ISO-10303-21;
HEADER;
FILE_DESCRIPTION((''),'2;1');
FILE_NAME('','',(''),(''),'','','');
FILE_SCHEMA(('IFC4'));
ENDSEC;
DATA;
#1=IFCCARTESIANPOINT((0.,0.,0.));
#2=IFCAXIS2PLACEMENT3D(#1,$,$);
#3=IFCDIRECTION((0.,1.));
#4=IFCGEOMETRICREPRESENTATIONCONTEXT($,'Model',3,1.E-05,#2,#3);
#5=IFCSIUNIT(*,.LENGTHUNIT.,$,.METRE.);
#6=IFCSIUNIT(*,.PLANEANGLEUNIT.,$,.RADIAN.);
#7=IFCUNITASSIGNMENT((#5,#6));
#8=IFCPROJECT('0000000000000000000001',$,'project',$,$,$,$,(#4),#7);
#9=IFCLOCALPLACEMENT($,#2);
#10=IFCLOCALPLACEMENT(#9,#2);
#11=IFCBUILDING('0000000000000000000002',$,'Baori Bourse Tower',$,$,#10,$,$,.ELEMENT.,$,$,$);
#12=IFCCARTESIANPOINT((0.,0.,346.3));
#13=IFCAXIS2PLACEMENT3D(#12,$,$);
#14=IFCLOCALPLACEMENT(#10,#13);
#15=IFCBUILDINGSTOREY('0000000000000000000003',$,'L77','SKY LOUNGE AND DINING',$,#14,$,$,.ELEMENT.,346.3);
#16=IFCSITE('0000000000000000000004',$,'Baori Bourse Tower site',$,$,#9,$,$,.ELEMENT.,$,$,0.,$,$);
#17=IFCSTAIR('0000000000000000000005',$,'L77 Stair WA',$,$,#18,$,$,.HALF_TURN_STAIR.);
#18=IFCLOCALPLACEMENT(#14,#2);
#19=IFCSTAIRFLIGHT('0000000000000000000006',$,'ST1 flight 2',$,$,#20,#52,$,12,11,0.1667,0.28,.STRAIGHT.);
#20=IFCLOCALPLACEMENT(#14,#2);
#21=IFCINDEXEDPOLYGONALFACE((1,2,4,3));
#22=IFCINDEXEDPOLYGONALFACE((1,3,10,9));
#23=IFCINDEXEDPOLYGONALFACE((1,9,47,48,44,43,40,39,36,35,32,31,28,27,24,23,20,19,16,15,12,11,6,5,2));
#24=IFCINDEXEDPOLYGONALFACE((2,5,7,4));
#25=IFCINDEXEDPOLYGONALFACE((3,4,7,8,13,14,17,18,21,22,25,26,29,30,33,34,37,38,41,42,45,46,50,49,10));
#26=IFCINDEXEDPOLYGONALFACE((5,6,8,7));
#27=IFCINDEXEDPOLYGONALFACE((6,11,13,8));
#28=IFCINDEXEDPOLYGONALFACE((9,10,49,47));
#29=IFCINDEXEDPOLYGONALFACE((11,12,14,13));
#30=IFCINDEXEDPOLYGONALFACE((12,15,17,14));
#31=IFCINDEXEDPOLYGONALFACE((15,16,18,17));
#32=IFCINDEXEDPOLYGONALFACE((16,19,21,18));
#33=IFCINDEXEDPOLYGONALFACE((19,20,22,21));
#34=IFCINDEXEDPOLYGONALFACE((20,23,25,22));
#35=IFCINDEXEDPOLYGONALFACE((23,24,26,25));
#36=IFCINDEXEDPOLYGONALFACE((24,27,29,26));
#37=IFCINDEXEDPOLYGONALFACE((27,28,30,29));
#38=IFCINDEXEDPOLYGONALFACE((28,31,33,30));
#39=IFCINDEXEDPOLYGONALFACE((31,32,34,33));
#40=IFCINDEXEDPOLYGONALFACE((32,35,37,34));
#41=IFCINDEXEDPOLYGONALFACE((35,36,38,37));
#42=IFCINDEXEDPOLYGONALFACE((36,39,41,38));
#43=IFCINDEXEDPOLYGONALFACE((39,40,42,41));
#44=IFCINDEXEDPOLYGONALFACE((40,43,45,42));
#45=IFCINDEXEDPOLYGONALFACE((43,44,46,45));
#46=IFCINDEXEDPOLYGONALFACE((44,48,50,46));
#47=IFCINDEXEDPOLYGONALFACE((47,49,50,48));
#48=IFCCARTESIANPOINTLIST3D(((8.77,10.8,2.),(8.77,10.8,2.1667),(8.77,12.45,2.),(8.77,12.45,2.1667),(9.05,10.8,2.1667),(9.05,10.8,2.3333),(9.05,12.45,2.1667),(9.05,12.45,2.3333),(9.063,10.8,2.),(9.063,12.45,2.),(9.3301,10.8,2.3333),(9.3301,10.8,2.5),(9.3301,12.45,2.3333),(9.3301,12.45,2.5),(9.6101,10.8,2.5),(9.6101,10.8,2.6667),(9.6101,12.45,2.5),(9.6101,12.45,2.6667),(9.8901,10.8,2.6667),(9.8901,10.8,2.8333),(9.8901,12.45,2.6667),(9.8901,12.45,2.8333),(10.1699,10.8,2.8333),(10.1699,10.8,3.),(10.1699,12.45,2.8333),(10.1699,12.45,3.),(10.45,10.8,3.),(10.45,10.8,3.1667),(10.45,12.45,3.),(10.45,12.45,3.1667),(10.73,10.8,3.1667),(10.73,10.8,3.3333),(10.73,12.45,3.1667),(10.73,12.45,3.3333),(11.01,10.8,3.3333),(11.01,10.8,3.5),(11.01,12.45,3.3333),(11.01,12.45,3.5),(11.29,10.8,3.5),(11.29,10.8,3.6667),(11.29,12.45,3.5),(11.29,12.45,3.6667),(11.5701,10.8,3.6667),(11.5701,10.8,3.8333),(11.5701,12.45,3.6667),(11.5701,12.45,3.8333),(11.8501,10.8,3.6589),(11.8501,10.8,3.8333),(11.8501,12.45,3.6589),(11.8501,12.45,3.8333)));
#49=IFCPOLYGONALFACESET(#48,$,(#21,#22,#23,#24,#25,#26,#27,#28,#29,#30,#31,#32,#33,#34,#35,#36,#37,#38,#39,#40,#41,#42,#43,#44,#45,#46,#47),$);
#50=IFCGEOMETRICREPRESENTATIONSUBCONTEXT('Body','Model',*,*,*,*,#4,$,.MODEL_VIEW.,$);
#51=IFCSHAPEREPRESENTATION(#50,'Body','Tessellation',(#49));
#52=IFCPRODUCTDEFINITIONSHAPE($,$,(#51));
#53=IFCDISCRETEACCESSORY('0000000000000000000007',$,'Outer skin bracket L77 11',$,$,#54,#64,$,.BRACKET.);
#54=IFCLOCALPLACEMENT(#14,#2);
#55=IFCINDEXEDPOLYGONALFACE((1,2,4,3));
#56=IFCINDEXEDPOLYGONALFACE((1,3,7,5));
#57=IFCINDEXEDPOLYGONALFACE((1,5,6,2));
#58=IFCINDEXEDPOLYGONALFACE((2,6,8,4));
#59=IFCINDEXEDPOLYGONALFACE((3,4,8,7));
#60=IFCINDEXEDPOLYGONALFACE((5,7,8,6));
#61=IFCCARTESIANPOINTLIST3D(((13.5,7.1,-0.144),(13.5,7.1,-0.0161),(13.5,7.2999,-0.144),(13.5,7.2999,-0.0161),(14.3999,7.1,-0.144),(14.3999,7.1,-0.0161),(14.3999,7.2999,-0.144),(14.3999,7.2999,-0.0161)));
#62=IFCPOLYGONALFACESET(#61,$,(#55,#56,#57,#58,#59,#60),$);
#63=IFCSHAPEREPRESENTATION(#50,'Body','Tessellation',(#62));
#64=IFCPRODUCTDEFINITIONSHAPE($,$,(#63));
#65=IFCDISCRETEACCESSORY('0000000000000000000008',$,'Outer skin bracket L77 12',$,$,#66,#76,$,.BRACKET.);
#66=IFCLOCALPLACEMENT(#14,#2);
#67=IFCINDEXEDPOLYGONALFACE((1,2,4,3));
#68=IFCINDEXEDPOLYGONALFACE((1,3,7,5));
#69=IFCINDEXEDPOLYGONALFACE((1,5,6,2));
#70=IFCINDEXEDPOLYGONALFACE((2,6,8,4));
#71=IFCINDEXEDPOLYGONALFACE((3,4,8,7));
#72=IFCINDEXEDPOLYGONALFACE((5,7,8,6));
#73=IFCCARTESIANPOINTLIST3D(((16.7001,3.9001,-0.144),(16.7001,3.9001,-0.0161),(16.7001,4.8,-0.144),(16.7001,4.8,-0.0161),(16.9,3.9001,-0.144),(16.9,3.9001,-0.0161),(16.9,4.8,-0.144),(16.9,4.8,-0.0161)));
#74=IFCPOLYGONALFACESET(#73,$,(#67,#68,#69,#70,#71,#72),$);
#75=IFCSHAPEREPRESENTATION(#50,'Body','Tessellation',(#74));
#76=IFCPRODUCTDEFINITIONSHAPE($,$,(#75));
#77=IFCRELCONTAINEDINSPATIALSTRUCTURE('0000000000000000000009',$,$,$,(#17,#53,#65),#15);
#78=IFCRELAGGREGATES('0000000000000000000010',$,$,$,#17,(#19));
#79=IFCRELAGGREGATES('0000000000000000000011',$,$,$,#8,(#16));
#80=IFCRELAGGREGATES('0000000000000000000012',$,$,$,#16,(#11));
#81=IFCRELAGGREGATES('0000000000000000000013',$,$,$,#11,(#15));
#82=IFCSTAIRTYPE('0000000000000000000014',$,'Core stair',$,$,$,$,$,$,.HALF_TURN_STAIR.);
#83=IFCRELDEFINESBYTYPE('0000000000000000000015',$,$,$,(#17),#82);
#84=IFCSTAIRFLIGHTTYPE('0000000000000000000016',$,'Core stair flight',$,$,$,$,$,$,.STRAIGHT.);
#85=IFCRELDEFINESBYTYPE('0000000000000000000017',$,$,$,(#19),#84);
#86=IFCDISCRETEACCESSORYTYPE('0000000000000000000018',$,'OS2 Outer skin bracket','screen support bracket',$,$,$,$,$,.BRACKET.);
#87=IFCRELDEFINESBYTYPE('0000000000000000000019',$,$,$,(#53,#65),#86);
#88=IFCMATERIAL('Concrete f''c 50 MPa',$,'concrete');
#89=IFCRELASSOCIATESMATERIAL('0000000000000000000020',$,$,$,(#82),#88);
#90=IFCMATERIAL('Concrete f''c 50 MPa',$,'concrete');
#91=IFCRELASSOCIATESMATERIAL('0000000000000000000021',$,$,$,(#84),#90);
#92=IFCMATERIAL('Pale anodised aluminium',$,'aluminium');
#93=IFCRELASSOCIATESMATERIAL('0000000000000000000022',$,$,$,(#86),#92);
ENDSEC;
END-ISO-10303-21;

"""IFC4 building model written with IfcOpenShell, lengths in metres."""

from ifc_helpers import new_model, si_unit, direction, frame, origin, origin_2d, place, context, subcontext, project, spatial, polyline, rectangle, outline, extrude, material, type_object, element, aggregate, save


model = new_model("IFC4")

# Units and contexts
model_context = context("Model", 3, precision=1e-05, world=origin(), true_north=direction((0.0, 1.0)))
body_context = subcontext(model_context, "Body", "Model", "MODEL_VIEW")
ifc_project = project(units=[si_unit("LENGTHUNIT", "METRE"), si_unit("PLANEANGLEUNIT", "RADIAN")], contexts=[model_context])

# Site, building, storey
site_placement = place(None, origin())
site = spatial("IfcSite", under=ifc_project, at=site_placement, Name="Baori Bourse Tower site", CompositionType="ELEMENT", RefElevation=0.0)
building_placement = place(site_placement, origin())
building = spatial("IfcBuilding", under=site, at=building_placement, Name="Baori Bourse Tower", CompositionType="ELEMENT")
storey_placement = place(building_placement, frame((0.0, 0.0, 346.3)))
storey = spatial("IfcBuildingStorey", under=building, at=storey_placement, Name="L77", Description="SKY LOUNGE AND DINING", CompositionType="ELEMENT", Elevation=346.3)

# Stair, stair flight
ifc_material_1 = material(Name="Concrete f'c 50 MPa", Category="concrete")
stair_type = type_object("IfcStairType", Name="Core stair", PredefinedType="HALF_TURN_STAIR", material=ifc_material_1)
stair_placement = place(storey_placement, origin())
stair = element("IfcStair", 1, at=stair_placement, inside=storey, type_object=stair_type, Name="L77 Stair WA", PredefinedType="HALF_TURN_STAIR")
ifc_material_2 = material(Name="Concrete f'c 50 MPa", Category="concrete")
stair_flight_type = type_object("IfcStairFlightType", Name="Core stair flight", PredefinedType="STRAIGHT", material=ifc_material_2)
stair_flight_1_placement = place(storey_placement, frame((8.77, 11.625, 2.0), z_axis=(0.0, 0.0, 1.0), x_axis=(1.0, 0.0, 0.0)))
stair_flight_1 = element("IfcStairFlight", 2, at=stair_flight_1_placement, type_object=stair_flight_type, Name="ST1 flight 2", NumberOfRisers=12, NumberOfTreads=11, PredefinedType="STRAIGHT", RiserHeight=0.1667, TreadLength=0.28, context=body_context, shape_type="SweptSolid", body=[
    extrude(outline(polyline([(0.0, 0.0), (0.0, 0.1667), (0.28, 0.1667), (0.28, 0.3333), (0.5601, 0.3333), (0.5601, 0.5), (0.8401, 0.5), (0.8401, 0.6667), (1.1201, 0.6667), (1.1201, 0.8333), (1.3999, 0.8333), (1.3999, 1.0), (1.6799, 1.0), (1.6799, 1.1667), (1.96, 1.1667), (1.96, 1.3333), (2.24, 1.3333), (2.24, 1.5), (2.52, 1.5), (2.52, 1.6667), (2.8, 1.6667), (2.8, 1.8333), (3.0801, 1.8333), (3.0801, 2.0), (3.0801, 1.6589), (0.293, 0.0), (0.0, 0.0)])), frame((0.0, 0.825, 0.0), z_axis=(0.0, -1.0, 0.0), x_axis=(1.0, 0.0, 0.0)), (0.0, 0.0, 1.0), 1.6499),
])
aggregate(stair, [stair_flight_1])

# Discrete accessories
ifc_material_3 = material(Name="Pale anodised aluminium", Category="aluminium")
discrete_accessory_type = type_object("IfcDiscreteAccessoryType", Name="OS2 Outer skin bracket", Description="screen support bracket", PredefinedType="BRACKET", material=ifc_material_3)
for number, where, z_axis, x_axis, name in (
    (3, (13.95, 7.2, -0.144), (0.0, 0.0, 1.0), (0.0, -1.0, 0.0), "Outer skin bracket L77 11"),
    (4, (16.8, 4.3501, -0.144), (0.0, 0.0, 1.0), (1.0, 0.0, 0.0), "Outer skin bracket L77 12"),
):
    element("IfcDiscreteAccessory", number, at=place(storey_placement, frame(where, z_axis=z_axis, x_axis=x_axis)), inside=storey, type_object=discrete_accessory_type, Name=name, PredefinedType="BRACKET", context=body_context, shape_type="SweptSolid", body=[
        extrude(rectangle(XDim=0.2, YDim=0.8999, at=origin_2d()), origin(), (0.0, 0.0, 1.0), 0.1279),
    ])

save(model, "model.ifc")
